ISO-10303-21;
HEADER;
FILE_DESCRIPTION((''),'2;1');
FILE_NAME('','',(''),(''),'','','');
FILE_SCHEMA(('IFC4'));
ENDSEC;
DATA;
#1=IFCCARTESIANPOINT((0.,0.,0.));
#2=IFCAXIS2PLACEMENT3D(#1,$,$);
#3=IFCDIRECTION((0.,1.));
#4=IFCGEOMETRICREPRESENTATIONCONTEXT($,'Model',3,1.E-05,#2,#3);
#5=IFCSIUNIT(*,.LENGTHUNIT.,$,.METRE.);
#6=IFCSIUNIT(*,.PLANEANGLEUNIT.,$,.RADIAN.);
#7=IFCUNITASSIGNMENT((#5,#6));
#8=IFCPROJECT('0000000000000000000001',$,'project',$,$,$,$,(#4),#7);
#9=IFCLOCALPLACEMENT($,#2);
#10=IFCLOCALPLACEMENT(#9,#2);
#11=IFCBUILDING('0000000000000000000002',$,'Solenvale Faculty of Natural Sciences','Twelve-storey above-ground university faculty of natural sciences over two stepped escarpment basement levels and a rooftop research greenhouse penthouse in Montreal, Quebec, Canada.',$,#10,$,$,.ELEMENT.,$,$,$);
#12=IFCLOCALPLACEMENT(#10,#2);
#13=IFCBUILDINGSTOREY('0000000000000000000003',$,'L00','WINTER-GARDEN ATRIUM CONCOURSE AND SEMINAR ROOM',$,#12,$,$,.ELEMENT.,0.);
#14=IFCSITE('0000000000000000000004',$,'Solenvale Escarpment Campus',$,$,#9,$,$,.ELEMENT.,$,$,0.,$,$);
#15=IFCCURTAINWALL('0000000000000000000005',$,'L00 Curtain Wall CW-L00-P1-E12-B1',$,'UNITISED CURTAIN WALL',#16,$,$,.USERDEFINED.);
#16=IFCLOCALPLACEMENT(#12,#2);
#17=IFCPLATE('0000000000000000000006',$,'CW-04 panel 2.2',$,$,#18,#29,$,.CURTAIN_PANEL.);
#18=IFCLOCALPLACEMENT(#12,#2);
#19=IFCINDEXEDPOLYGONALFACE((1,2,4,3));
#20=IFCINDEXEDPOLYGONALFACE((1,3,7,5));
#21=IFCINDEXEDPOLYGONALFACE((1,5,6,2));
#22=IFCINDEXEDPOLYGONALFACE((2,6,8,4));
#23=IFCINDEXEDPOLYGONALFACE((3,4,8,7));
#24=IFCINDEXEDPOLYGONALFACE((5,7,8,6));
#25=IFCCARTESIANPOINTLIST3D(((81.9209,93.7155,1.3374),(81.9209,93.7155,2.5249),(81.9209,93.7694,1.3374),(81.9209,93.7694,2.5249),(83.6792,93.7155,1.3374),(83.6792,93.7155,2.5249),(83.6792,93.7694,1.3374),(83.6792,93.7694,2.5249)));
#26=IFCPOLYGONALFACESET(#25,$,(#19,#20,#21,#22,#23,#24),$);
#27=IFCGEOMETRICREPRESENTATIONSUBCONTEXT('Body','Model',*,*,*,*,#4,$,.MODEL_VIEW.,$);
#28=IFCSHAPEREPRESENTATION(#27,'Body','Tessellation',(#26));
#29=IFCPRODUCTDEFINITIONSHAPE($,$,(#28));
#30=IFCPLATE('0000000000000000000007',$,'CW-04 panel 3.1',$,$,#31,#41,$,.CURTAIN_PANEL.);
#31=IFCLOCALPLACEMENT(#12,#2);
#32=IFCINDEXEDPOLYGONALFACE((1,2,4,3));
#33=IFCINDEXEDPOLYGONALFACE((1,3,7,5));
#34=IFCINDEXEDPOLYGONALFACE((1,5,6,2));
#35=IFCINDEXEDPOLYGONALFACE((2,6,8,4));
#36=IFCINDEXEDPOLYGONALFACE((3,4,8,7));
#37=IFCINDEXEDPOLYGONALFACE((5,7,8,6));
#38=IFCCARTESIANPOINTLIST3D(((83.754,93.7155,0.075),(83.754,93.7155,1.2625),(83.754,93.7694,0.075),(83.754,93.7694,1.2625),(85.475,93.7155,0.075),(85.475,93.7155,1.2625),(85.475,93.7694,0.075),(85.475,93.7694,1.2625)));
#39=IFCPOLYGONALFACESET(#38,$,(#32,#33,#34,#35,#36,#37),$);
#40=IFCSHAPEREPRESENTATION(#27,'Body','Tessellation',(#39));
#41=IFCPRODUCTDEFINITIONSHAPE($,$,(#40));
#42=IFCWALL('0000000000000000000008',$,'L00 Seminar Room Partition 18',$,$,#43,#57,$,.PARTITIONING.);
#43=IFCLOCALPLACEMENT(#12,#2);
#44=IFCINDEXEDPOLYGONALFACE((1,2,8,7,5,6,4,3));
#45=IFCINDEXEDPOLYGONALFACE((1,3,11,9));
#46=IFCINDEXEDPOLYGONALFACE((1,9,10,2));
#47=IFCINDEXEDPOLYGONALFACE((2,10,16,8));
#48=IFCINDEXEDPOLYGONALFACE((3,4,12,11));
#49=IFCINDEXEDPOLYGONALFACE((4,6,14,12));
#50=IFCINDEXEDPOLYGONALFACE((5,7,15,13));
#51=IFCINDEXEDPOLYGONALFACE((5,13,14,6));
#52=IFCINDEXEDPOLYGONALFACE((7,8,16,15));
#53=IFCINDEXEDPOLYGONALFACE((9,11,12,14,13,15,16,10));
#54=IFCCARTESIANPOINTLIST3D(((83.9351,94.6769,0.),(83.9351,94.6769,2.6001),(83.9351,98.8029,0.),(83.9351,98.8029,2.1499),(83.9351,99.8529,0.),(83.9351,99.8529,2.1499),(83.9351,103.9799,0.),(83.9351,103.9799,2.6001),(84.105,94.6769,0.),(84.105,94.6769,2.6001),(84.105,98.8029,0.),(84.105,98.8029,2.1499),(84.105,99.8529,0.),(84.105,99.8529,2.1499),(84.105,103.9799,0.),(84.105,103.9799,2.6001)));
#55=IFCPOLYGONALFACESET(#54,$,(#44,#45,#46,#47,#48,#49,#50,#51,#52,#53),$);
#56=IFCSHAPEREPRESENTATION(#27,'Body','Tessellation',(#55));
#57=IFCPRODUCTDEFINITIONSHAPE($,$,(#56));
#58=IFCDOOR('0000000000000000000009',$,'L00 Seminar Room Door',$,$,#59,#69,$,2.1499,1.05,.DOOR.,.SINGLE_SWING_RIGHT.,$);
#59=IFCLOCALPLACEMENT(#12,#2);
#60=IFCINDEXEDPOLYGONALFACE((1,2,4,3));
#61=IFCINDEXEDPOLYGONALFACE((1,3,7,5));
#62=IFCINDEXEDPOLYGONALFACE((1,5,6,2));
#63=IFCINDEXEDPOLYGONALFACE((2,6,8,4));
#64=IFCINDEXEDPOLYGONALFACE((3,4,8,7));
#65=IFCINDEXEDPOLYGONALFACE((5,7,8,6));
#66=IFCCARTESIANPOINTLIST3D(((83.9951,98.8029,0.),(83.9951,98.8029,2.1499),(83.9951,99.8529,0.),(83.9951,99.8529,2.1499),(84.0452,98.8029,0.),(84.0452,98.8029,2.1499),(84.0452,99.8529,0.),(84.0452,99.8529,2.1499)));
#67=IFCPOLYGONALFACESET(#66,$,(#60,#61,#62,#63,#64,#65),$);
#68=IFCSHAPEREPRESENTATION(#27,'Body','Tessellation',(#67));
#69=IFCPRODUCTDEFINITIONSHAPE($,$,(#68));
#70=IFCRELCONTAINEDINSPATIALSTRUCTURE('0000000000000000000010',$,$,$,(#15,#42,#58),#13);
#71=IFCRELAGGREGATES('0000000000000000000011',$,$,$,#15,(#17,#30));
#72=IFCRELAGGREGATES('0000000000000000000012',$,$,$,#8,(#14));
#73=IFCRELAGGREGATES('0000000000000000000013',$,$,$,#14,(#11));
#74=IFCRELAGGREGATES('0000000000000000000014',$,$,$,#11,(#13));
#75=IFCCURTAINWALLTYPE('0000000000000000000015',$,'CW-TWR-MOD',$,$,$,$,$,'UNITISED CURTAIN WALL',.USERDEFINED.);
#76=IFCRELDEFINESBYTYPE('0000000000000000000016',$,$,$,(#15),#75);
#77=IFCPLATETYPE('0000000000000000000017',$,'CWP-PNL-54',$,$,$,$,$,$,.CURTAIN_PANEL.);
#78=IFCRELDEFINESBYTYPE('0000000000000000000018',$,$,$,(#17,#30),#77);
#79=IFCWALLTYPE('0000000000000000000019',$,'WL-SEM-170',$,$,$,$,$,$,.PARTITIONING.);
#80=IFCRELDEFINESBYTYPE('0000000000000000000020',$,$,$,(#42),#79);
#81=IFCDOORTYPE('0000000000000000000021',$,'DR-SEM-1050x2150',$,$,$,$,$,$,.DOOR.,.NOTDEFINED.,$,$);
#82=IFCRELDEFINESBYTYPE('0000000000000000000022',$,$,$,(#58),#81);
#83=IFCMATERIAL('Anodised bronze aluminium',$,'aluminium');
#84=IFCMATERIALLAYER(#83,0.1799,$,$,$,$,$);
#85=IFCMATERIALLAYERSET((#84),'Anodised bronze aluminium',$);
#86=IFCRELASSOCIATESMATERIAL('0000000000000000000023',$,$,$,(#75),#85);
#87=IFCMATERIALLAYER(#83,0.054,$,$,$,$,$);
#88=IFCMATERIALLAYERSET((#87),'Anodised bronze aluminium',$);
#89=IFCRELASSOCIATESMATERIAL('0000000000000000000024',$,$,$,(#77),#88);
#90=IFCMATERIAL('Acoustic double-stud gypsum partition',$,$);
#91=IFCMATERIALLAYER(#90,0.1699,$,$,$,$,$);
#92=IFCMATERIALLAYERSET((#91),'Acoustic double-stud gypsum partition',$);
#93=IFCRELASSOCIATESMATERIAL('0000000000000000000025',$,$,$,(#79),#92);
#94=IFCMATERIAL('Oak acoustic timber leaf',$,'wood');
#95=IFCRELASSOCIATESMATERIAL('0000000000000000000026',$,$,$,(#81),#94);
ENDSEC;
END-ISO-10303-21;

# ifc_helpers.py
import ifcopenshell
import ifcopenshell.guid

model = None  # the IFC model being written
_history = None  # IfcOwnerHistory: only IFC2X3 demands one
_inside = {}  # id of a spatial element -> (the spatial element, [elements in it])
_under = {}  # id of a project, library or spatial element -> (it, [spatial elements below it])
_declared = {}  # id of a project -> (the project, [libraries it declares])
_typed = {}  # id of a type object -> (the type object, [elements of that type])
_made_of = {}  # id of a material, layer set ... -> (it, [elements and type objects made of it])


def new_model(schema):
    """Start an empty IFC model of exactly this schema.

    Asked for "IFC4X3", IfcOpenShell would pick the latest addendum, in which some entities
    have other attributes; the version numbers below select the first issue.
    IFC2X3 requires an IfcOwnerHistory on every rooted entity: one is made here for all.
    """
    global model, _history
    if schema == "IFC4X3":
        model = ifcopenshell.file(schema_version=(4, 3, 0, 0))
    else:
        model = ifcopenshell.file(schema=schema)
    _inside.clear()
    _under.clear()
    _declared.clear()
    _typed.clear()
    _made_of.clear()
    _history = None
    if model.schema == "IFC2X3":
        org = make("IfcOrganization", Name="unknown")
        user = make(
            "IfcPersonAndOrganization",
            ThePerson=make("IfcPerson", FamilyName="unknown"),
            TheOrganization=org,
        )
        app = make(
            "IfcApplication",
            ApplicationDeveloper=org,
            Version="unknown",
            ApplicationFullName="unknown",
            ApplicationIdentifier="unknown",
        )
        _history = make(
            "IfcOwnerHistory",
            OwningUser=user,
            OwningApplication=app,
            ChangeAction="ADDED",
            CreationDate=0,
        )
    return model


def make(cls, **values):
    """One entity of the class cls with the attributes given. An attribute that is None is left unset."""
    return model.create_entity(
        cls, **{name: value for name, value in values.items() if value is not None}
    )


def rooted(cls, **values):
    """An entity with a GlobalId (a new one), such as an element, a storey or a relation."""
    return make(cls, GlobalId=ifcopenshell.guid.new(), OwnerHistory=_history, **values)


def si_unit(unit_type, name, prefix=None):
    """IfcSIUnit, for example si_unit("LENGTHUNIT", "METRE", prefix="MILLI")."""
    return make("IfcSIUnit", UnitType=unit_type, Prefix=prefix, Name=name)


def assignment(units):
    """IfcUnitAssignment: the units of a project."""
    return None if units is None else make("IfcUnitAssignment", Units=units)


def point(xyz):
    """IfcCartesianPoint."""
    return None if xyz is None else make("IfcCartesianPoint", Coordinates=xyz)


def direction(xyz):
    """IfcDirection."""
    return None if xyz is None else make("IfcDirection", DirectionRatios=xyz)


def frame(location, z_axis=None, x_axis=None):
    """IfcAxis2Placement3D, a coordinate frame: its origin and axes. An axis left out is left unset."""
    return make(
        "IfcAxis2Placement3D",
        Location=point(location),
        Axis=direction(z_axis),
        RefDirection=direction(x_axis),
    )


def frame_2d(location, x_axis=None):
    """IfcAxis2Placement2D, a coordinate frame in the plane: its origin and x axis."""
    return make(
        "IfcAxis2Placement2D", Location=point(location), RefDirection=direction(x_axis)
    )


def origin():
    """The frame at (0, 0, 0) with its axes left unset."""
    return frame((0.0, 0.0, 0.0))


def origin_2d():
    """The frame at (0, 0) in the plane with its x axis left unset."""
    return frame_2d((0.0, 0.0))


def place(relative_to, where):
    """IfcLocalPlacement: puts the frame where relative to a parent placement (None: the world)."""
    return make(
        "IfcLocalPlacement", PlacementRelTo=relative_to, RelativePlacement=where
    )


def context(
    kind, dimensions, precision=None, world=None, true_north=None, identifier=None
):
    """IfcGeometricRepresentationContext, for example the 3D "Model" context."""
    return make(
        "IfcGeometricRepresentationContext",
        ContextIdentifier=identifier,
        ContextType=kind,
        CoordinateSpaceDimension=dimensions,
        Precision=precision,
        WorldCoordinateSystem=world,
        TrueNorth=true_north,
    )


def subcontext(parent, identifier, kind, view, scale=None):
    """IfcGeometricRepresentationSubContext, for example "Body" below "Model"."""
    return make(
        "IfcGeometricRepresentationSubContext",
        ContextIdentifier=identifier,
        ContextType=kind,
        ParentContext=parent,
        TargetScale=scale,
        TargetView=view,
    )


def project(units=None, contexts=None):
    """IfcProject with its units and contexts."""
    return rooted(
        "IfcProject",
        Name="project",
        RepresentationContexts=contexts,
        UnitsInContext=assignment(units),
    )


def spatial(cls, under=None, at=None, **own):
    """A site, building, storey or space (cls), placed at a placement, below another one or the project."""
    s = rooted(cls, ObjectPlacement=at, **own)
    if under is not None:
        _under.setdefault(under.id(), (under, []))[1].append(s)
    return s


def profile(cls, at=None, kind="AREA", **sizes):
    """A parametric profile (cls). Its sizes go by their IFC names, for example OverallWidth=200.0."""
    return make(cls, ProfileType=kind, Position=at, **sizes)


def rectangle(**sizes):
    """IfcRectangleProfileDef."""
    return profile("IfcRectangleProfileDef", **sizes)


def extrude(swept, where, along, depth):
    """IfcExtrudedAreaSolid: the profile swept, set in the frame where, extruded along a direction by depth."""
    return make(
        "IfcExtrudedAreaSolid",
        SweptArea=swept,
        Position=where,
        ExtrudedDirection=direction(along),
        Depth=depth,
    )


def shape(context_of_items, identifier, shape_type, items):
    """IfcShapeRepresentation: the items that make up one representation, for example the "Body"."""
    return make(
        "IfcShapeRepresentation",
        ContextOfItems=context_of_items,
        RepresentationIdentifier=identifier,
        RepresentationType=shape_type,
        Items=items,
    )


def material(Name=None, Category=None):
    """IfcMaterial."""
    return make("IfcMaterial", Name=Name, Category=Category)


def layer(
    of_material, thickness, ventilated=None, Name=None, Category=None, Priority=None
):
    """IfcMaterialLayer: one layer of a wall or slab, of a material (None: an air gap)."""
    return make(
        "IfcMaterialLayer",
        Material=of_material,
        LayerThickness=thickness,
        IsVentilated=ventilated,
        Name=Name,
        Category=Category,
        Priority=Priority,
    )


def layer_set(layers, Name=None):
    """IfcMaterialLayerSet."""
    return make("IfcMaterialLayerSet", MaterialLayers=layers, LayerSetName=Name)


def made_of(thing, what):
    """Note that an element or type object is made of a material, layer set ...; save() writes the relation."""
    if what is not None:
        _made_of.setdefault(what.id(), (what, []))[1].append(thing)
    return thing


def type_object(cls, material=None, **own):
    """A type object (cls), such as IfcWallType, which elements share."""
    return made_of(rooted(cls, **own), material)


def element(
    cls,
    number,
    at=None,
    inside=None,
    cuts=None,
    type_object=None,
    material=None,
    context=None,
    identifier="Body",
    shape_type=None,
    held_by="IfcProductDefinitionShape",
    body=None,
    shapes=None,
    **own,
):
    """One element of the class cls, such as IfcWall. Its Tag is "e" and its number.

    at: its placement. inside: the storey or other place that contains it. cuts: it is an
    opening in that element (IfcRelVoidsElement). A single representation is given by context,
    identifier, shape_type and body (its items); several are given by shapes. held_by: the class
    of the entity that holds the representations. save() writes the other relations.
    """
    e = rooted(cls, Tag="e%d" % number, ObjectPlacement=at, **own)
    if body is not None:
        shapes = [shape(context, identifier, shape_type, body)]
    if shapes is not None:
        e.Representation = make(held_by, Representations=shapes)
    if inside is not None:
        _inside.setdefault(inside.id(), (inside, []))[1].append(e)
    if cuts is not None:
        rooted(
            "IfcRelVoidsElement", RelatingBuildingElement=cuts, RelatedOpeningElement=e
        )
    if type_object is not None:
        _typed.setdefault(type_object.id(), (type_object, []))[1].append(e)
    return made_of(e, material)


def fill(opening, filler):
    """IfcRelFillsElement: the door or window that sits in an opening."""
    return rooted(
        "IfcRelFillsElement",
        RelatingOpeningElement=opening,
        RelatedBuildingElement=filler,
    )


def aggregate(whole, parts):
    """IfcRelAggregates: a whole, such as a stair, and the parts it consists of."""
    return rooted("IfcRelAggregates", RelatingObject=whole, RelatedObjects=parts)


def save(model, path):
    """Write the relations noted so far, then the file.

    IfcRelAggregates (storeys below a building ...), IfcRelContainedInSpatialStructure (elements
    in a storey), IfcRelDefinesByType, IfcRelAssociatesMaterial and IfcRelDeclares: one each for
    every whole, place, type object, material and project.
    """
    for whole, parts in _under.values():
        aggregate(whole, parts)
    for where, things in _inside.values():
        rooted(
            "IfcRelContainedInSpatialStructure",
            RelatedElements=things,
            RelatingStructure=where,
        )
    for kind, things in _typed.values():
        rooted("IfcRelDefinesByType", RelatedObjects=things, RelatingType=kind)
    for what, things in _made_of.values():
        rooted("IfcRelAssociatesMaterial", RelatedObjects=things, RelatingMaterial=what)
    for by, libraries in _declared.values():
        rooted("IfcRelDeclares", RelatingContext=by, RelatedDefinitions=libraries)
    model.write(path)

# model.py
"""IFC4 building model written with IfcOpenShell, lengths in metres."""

from ifc_helpers import new_model, si_unit, direction, frame, frame_2d, origin, origin_2d, place, context, subcontext, project, spatial, rectangle, extrude, material, layer, layer_set, type_object, element, fill, aggregate, save


model = new_model("IFC4")

# Units and contexts
model_context = context("Model", 3, precision=1e-05, world=origin(), true_north=direction((0.0, 1.0)))
body_context = subcontext(model_context, "Body", "Model", "MODEL_VIEW")
ifc_project = project(units=[si_unit("LENGTHUNIT", "METRE"), si_unit("PLANEANGLEUNIT", "RADIAN")], contexts=[model_context])

# Site, building, storey
site_placement = place(None, origin())
site = spatial("IfcSite", under=ifc_project, at=site_placement, Name="Solenvale Escarpment Campus", CompositionType="ELEMENT", RefElevation=0.0)
building_placement = place(site_placement, origin())
building = spatial("IfcBuilding", under=site, at=building_placement, Name="Solenvale Faculty of Natural Sciences", Description="Twelve-storey above-ground university faculty of natural sciences over two stepped escarpment basement levels and a rooftop research greenhouse penthouse in Montreal, Quebec, Canada.", CompositionType="ELEMENT")
storey_placement = place(building_placement, origin())
storey = spatial("IfcBuildingStorey", under=building, at=storey_placement, Name="L00", Description="WINTER-GARDEN ATRIUM CONCOURSE AND SEMINAR ROOM", CompositionType="ELEMENT", Elevation=0.0)

# Curtain wall, plates
ifc_material_1 = material(Name="Anodised bronze aluminium", Category="aluminium")
ifc_layer_1 = layer(ifc_material_1, 0.1799)
ifc_layer_set_1 = layer_set([ifc_layer_1], Name="Anodised bronze aluminium")
curtain_wall_type = type_object("IfcCurtainWallType", Name="CW-TWR-MOD", ElementType="UNITISED CURTAIN WALL", PredefinedType="USERDEFINED", material=ifc_layer_set_1)
curtain_wall_placement = place(storey_placement, origin())
curtain_wall = element("IfcCurtainWall", 1, at=curtain_wall_placement, inside=storey, type_object=curtain_wall_type, Name="L00 Curtain Wall CW-L00-P1-E12-B1", ObjectType="UNITISED CURTAIN WALL", PredefinedType="USERDEFINED")
ifc_layer_2 = layer(ifc_material_1, 0.054)
ifc_layer_set_2 = layer_set([ifc_layer_2], Name="Anodised bronze aluminium")
plate_type = type_object("IfcPlateType", Name="CWP-PNL-54", PredefinedType="CURTAIN_PANEL", material=ifc_layer_set_2)
plate_1_placement = place(storey_placement, frame((82.8, 93.7424, 1.3374), z_axis=(0.0, 0.0, 1.0), x_axis=(1.0, 0.0, 0.0)))
plate_1 = element("IfcPlate", 2, at=plate_1_placement, type_object=plate_type, Name="CW-04 panel 2.2", PredefinedType="CURTAIN_PANEL", context=body_context, shape_type="SweptSolid", body=[
    extrude(rectangle(XDim=1.7583, YDim=0.054, at=origin_2d()), origin(), (0.0, 0.0, 1.0), 1.1875),
])
plate_2_placement = place(storey_placement, frame((84.6145, 93.7424, 0.075), z_axis=(0.0, 0.0, 1.0), x_axis=(1.0, 0.0, 0.0)))
plate_2 = element("IfcPlate", 3, at=plate_2_placement, type_object=plate_type, Name="CW-04 panel 3.1", PredefinedType="CURTAIN_PANEL", context=body_context, shape_type="SweptSolid", body=[
    extrude(rectangle(XDim=1.7209, YDim=0.054, at=origin_2d()), origin(), (0.0, 0.0, 1.0), 1.1875),
])
aggregate(curtain_wall, [plate_1, plate_2])

# Shared definitions
ifc_material_2 = material(Name="Acoustic double-stud gypsum partition")
ifc_layer_3 = layer(ifc_material_2, 0.1699)
ifc_layer_set_3 = layer_set([ifc_layer_3], Name="Acoustic double-stud gypsum partition")
wall_type = type_object("IfcWallType", Name="WL-SEM-170", PredefinedType="PARTITIONING", material=ifc_layer_set_3)

# Wall, opening, door
wall_1_placement = place(storey_placement, frame((84.02, 94.677, 0.0), z_axis=(0.0, 0.0, 1.0), x_axis=(0.0, 1.0, 0.0)))
wall_1 = element("IfcWall", 4, at=wall_1_placement, inside=storey, type_object=wall_type, Name="L00 Seminar Room Partition 18", PredefinedType="PARTITIONING", context=body_context, shape_type="SweptSolid", body=[
    extrude(rectangle(XDim=9.303, YDim=0.1699, at=frame_2d((4.6514, 0.0))), origin(), (0.0, 0.0, 1.0), 2.6001),
])
opening_placement = place(wall_1_placement, frame((4.126, 0.0, 0.0)))
opening = element("IfcOpeningElement", 5, at=opening_placement, cuts=wall_1, PredefinedType="OPENING", context=body_context, shape_type="SweptSolid", body=[
    extrude(rectangle(XDim=1.05, YDim=2.1499, at=frame_2d((0.5249, 1.075))), frame((0.0, 0.095, 0.0), z_axis=(0.0, -1.0, 0.0), x_axis=(1.0, 0.0, 0.0)), (0.0, 0.0, 1.0), 0.1899),
])
ifc_material_3 = material(Name="Oak acoustic timber leaf", Category="wood")
door_type = type_object("IfcDoorType", Name="DR-SEM-1050x2150", OperationType="NOTDEFINED", PredefinedType="DOOR", material=ifc_material_3)
door_placement = place(opening_placement, origin())
door = element("IfcDoor", 6, at=door_placement, inside=storey, type_object=door_type, Name="L00 Seminar Room Door", OperationType="SINGLE_SWING_RIGHT", OverallHeight=2.1499, OverallWidth=1.05, PredefinedType="DOOR", context=body_context, shape_type="SweptSolid", body=[
    extrude(rectangle(XDim=1.05, YDim=2.1499, at=frame_2d((0.5249, 1.075))), frame((0.0, 0.0249, 0.0), z_axis=(0.0, -1.0, 0.0), x_axis=(1.0, 0.0, 0.0)), (0.0, 0.0, 1.0), 0.05),
])
fill(opening, door)

save(model, "model.ifc")
